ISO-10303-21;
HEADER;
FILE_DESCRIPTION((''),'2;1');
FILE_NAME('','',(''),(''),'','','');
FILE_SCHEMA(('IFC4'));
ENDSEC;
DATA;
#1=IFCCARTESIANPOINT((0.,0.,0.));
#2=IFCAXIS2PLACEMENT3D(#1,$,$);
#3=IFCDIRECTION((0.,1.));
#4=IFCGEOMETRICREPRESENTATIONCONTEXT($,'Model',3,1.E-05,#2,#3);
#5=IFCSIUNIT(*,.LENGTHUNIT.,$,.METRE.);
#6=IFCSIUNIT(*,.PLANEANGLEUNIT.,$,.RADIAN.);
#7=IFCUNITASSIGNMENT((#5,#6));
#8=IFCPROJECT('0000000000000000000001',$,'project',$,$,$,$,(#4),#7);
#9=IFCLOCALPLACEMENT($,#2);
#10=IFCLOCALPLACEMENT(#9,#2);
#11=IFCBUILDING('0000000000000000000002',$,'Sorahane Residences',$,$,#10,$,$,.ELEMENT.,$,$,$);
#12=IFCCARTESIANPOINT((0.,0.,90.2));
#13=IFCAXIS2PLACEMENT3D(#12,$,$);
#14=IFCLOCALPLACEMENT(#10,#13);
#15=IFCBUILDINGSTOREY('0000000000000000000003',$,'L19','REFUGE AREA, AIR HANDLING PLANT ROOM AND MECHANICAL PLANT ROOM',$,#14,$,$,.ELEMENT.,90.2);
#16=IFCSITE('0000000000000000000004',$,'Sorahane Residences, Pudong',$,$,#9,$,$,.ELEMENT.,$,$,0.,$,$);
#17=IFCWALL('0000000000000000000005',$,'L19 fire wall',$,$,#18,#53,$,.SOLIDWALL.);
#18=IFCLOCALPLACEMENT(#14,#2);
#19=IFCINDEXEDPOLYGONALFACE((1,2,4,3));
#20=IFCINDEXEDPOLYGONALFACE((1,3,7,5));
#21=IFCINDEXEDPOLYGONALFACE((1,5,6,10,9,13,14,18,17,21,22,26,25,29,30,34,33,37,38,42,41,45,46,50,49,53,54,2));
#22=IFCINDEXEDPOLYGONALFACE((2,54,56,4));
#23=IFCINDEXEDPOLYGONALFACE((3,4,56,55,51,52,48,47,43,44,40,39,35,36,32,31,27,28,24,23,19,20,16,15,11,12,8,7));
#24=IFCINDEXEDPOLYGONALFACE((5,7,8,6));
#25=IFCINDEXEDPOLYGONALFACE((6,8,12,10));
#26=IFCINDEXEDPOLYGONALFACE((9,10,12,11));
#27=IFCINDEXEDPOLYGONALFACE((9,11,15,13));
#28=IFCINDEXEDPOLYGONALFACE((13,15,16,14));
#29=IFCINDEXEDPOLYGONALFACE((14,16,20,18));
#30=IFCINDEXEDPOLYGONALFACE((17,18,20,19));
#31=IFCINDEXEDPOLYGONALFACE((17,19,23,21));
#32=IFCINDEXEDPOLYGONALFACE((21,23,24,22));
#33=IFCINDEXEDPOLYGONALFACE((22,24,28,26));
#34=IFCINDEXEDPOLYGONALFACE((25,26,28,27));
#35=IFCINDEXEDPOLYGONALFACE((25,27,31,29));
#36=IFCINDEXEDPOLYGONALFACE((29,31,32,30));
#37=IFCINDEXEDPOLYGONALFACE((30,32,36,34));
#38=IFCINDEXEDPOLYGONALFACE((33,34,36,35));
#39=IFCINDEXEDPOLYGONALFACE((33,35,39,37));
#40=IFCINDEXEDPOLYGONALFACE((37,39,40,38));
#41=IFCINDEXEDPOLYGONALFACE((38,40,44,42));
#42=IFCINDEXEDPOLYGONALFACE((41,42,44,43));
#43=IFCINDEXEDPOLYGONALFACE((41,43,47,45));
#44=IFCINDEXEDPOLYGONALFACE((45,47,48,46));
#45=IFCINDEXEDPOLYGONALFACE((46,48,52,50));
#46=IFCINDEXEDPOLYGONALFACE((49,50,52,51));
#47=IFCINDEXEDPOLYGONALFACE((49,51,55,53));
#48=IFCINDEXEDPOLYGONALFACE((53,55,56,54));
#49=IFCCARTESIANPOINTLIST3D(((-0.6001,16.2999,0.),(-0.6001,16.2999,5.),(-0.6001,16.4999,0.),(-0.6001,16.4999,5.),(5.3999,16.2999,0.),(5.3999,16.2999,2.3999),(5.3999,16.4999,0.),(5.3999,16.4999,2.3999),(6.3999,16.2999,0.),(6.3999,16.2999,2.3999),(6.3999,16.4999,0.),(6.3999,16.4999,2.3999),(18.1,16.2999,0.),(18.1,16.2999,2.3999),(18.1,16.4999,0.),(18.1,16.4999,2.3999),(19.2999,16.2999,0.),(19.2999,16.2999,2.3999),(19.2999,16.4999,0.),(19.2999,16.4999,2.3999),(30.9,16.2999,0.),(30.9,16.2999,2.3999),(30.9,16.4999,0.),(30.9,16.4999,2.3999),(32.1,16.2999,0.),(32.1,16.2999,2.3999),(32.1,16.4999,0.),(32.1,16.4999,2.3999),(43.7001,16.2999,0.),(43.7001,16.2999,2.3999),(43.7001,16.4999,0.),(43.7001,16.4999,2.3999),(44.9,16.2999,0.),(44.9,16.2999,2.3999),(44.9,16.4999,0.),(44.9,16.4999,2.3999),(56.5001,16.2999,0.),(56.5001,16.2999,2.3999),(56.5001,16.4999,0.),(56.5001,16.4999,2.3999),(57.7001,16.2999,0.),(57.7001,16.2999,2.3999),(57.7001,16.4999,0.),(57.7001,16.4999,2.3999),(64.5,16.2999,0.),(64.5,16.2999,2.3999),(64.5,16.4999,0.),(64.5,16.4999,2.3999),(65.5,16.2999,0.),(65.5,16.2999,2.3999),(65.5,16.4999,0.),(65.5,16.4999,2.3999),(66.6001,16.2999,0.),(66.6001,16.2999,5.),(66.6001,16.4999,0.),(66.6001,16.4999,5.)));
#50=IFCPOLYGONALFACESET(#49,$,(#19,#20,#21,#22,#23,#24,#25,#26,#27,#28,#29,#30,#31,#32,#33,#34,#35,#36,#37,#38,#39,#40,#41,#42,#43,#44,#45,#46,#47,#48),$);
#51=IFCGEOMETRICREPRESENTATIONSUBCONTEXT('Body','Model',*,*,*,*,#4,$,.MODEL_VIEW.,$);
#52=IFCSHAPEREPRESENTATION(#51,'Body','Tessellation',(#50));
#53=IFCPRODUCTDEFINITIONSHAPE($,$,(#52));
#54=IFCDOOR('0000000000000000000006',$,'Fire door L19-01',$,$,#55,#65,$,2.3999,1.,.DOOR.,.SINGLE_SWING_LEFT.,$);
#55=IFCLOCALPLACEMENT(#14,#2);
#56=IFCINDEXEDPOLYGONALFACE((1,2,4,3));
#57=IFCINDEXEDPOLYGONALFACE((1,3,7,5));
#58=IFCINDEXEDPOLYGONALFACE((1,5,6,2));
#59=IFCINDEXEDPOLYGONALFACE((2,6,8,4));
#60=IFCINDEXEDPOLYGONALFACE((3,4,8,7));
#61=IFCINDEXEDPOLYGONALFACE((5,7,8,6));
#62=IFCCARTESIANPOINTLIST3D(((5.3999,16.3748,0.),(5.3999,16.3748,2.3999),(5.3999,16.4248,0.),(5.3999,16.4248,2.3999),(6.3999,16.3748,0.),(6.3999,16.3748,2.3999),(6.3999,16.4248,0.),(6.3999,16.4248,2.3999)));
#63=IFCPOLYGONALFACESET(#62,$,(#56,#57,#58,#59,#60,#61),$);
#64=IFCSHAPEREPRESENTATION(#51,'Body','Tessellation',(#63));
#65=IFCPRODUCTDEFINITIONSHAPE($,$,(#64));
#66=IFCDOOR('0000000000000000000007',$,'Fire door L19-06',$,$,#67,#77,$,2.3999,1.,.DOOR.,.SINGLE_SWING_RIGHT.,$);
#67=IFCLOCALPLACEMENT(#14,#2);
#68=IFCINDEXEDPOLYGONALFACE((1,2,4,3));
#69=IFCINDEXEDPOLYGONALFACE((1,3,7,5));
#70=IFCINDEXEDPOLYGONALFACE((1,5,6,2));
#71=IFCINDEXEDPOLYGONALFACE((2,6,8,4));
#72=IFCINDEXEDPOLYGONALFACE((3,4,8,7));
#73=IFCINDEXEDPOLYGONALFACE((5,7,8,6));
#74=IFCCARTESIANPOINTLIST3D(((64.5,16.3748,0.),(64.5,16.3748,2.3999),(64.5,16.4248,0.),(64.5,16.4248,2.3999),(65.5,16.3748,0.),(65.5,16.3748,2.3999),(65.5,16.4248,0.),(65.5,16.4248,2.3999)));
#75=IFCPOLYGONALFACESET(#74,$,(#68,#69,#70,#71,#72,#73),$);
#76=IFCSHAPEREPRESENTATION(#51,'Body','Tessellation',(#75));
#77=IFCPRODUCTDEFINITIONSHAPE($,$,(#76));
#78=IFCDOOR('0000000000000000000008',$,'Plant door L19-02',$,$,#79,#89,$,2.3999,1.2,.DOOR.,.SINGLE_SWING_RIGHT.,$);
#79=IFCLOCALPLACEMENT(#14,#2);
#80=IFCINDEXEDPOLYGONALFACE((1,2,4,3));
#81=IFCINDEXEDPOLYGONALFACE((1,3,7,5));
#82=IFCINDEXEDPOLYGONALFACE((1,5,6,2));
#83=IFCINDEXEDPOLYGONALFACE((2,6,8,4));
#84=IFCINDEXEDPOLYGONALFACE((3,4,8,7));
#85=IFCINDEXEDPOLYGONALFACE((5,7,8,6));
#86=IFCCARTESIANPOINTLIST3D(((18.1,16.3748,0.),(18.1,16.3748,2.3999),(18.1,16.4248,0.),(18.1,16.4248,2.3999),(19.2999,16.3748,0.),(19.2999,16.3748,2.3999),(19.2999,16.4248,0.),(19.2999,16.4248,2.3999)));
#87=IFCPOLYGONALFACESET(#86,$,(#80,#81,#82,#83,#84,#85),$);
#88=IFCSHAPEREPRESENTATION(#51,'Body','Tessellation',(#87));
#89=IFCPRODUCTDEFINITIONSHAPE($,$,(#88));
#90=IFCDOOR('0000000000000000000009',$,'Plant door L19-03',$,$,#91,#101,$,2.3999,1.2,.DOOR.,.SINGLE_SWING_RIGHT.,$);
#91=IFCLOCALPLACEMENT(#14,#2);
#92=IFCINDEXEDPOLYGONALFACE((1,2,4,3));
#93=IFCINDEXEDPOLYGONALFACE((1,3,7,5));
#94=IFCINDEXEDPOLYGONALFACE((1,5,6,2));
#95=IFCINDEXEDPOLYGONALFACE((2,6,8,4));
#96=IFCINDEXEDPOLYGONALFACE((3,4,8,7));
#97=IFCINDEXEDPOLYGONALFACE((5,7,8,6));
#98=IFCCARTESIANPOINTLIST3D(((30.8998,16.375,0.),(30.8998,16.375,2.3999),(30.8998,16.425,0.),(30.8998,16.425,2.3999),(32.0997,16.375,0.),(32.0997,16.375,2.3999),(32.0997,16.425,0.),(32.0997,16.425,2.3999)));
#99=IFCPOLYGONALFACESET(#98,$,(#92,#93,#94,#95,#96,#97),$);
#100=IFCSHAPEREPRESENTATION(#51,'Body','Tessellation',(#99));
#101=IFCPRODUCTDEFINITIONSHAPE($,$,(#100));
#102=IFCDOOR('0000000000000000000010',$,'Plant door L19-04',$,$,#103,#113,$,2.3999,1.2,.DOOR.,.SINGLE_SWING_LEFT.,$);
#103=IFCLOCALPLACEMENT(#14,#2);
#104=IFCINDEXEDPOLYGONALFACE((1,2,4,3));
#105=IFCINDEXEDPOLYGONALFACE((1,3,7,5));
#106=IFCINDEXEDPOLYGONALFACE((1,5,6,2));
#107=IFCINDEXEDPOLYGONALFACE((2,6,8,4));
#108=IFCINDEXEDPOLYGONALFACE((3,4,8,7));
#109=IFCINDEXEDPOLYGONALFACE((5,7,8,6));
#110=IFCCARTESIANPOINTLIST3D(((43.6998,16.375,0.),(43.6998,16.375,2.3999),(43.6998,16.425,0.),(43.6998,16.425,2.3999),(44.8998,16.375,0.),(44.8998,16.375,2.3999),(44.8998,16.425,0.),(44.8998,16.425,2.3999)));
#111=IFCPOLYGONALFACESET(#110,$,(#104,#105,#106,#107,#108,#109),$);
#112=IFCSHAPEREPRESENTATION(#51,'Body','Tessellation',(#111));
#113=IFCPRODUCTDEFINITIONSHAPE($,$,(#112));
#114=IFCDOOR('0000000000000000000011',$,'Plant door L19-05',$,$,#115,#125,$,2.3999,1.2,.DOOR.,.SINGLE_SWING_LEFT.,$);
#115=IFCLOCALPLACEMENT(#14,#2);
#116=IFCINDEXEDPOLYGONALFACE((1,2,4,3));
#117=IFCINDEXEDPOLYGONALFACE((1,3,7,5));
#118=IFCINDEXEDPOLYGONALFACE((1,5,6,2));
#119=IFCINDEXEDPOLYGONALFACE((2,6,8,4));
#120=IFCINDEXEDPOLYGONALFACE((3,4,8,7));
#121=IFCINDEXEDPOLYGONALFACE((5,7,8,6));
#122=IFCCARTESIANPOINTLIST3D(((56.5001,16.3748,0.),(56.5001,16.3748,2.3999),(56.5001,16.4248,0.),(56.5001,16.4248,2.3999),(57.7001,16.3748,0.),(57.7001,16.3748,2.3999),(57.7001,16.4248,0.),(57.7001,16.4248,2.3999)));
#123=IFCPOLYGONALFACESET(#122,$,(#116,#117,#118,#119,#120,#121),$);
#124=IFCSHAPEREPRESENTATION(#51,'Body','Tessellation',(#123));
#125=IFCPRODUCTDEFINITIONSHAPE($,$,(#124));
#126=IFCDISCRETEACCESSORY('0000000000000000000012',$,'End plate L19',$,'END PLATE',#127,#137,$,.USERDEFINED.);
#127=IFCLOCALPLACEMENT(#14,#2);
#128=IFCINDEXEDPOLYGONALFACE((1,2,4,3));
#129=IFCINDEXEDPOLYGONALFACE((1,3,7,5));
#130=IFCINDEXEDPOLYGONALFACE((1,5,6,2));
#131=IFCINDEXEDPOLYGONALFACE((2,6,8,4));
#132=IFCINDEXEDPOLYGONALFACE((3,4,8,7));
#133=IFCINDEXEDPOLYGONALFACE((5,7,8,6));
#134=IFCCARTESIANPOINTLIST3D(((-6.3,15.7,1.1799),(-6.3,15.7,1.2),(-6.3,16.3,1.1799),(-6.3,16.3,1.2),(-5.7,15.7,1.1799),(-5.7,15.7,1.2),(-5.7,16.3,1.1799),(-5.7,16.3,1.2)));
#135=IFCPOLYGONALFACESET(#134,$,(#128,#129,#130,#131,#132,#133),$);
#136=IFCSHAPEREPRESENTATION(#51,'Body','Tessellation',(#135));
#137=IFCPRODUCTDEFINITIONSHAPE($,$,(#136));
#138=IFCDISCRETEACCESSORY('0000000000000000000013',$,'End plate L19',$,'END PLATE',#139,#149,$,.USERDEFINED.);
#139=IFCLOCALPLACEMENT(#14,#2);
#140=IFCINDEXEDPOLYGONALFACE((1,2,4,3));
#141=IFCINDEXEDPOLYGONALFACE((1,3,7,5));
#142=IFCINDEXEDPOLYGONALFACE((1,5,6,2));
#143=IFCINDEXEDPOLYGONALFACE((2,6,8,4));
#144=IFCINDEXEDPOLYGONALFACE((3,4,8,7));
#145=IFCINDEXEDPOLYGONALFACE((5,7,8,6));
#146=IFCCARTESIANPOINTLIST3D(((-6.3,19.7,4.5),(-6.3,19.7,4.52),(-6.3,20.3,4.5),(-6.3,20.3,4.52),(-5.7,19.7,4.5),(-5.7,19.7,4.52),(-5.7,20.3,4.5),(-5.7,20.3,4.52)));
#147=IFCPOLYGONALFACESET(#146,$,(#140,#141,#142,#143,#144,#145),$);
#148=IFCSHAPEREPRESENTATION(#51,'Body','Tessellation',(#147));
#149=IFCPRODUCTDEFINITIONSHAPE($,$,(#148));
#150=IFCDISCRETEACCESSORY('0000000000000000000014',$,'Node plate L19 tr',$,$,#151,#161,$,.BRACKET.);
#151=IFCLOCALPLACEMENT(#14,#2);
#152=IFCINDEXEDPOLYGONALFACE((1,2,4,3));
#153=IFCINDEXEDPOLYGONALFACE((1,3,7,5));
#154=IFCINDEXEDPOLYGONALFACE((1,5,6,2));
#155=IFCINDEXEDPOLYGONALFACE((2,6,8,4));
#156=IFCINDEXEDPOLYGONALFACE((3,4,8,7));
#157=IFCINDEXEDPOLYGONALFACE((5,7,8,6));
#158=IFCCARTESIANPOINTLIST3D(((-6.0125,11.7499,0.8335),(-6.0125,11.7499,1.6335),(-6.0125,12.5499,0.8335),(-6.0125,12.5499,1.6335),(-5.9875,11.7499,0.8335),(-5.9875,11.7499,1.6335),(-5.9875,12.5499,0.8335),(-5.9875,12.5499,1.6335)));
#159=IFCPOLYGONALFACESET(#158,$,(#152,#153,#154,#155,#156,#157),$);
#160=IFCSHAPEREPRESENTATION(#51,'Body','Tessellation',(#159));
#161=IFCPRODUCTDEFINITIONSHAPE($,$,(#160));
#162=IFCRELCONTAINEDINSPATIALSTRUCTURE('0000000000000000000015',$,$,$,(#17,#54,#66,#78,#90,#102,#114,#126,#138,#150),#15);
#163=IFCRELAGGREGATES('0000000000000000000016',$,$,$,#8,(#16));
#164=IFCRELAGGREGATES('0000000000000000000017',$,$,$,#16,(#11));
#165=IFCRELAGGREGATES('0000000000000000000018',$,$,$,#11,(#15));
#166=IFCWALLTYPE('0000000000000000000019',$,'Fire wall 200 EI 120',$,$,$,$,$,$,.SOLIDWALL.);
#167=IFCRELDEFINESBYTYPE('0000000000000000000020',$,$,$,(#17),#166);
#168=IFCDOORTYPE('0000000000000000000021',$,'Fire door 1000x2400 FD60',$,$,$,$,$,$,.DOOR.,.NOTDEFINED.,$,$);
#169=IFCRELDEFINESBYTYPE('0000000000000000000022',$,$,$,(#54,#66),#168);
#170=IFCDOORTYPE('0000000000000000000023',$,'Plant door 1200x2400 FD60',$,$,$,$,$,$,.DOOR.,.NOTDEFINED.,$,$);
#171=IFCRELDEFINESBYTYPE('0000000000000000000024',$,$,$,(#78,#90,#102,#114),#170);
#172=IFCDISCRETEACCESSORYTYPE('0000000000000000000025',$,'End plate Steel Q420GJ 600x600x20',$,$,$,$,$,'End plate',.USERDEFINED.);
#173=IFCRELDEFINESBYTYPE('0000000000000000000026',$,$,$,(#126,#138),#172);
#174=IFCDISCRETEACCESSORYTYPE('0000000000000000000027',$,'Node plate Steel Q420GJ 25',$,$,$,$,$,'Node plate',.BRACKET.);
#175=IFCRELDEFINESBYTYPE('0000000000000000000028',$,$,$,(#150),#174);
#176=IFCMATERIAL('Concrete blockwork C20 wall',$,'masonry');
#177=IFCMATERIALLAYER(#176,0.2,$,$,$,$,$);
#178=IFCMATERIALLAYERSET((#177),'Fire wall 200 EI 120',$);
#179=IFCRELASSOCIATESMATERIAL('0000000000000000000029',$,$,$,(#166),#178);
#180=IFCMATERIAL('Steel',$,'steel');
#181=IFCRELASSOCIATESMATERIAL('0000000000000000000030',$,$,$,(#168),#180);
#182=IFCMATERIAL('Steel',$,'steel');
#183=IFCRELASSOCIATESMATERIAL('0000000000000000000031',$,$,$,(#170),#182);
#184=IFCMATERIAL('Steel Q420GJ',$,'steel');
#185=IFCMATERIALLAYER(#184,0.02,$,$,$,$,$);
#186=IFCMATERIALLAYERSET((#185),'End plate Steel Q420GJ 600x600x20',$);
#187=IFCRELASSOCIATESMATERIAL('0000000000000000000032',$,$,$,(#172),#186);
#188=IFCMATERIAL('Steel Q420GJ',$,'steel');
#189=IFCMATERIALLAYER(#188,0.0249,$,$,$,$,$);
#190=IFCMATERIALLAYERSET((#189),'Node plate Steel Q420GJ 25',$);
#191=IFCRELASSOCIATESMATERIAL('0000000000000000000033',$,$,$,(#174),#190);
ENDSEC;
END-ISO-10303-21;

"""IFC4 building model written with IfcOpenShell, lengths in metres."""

from ifc_helpers import new_model, si_unit, direction, frame, frame_2d, origin, origin_2d, place, context, subcontext, project, spatial, rectangle, extrude, material, layer, layer_set, type_object, element, fill, save


model = new_model("IFC4")

# Units and contexts
model_context = context("Model", 3, precision=1e-05, world=origin(), true_north=direction((0.0, 1.0)))
body_context = subcontext(model_context, "Body", "Model", "MODEL_VIEW")
ifc_project = project(units=[si_unit("LENGTHUNIT", "METRE"), si_unit("PLANEANGLEUNIT", "RADIAN")], contexts=[model_context])

# Site, building, storey
site_placement = place(None, origin())
site = spatial("IfcSite", under=ifc_project, at=site_placement, Name="Sorahane Residences, Pudong", CompositionType="ELEMENT", RefElevation=0.0)
building_placement = place(site_placement, origin())
building = spatial("IfcBuilding", under=site, at=building_placement, Name="Sorahane Residences", CompositionType="ELEMENT")
storey_placement = place(building_placement, frame((0.0, 0.0, 90.2)))
storey = spatial("IfcBuildingStorey", under=building, at=storey_placement, Name="L19", Description="REFUGE AREA, AIR HANDLING PLANT ROOM AND MECHANICAL PLANT ROOM", CompositionType="ELEMENT", Elevation=90.2)

# Wall, openings, doors
ifc_material_1 = material(Name="Concrete blockwork C20 wall", Category="masonry")
ifc_layer_1 = layer(ifc_material_1, 0.2)
ifc_layer_set_1 = layer_set([ifc_layer_1], Name="Fire wall 200 EI 120")
wall_type = type_object("IfcWallType", Name="Fire wall 200 EI 120", PredefinedType="SOLIDWALL", material=ifc_layer_set_1)
wall_placement = place(storey_placement, frame((-0.6001, 16.3999, 0.0), z_axis=(0.0, 0.0, 1.0), x_axis=(1.0, 0.0, 0.0)))
wall = element("IfcWall", 1, at=wall_placement, inside=storey, type_object=wall_type, Name="L19 fire wall", PredefinedType="SOLIDWALL", context=body_context, shape_type="SweptSolid", body=[
    extrude(rectangle(XDim=67.2002, YDim=0.2, at=frame_2d((33.6001, 0.0))), origin(), (0.0, 0.0, 1.0), 5.0),
])
opening_1_placement = place(wall_placement, frame((6.0, 0.0, 0.0)))
opening_1 = element("IfcOpeningElement", 2, at=opening_1_placement, cuts=wall, PredefinedType="OPENING", context=body_context, shape_type="SweptSolid", body=[
    extrude(rectangle(XDim=1.0, YDim=2.3999, at=frame_2d((0.5, 1.2))), frame((0.0, 0.1099, 0.0), z_axis=(0.0, -1.0, 0.0), x_axis=(1.0, 0.0, 0.0)), (0.0, 0.0, 1.0), 0.22),
])
opening_2_placement = place(wall_placement, frame((18.7, 0.0, 0.0)))
opening_2 = element("IfcOpeningElement", 3, at=opening_2_placement, cuts=wall, PredefinedType="OPENING", context=body_context, shape_type="SweptSolid", body=[
    extrude(rectangle(XDim=1.2, YDim=2.3999, at=frame_2d((0.6001, 1.2))), frame((0.0, 0.1099, 0.0), z_axis=(0.0, -1.0, 0.0), x_axis=(1.0, 0.0, 0.0)), (0.0, 0.0, 1.0), 0.22),
])
opening_3_placement = place(wall_placement, frame((31.5, 0.0, 0.0)))
opening_3 = element("IfcOpeningElement", 4, at=opening_3_placement, cuts=wall, PredefinedType="OPENING", context=body_context, shape_type="SweptSolid", body=[
    extrude(rectangle(XDim=1.2, YDim=2.3999, at=frame_2d((0.6001, 1.2))), frame((0.0, 0.1099, 0.0), z_axis=(0.0, -1.0, 0.0), x_axis=(1.0, 0.0, 0.0)), (0.0, 0.0, 1.0), 0.22),
])
opening_4_placement = place(wall_placement, frame((44.3, 0.0, 0.0)))
opening_4 = element("IfcOpeningElement", 5, at=opening_4_placement, cuts=wall, PredefinedType="OPENING", context=body_context, shape_type="SweptSolid", body=[
    extrude(rectangle(XDim=1.2, YDim=2.3999, at=frame_2d((0.6001, 1.2))), frame((0.0, 0.1099, 0.0), z_axis=(0.0, -1.0, 0.0), x_axis=(1.0, 0.0, 0.0)), (0.0, 0.0, 1.0), 0.22),
])
opening_5_placement = place(wall_placement, frame((57.1001, 0.0, 0.0)))
opening_5 = element("IfcOpeningElement", 6, at=opening_5_placement, cuts=wall, PredefinedType="OPENING", context=body_context, shape_type="SweptSolid", body=[
    extrude(rectangle(XDim=1.2, YDim=2.3999, at=frame_2d((0.6001, 1.2))), frame((0.0, 0.1099, 0.0), z_axis=(0.0, -1.0, 0.0), x_axis=(1.0, 0.0, 0.0)), (0.0, 0.0, 1.0), 0.22),
])
opening_6_placement = place(wall_placement, frame((65.1001, 0.0, 0.0)))
opening_6 = element("IfcOpeningElement", 7, at=opening_6_placement, cuts=wall, PredefinedType="OPENING", context=body_context, shape_type="SweptSolid", body=[
    extrude(rectangle(XDim=1.0, YDim=2.3999, at=frame_2d((0.5, 1.2))), frame((0.0, 0.1099, 0.0), z_axis=(0.0, -1.0, 0.0), x_axis=(1.0, 0.0, 0.0)), (0.0, 0.0, 1.0), 0.22),
])
ifc_material_2 = material(Name="Steel", Category="steel")
door_type_1 = type_object("IfcDoorType", Name="Fire door 1000x2400 FD60", OperationType="NOTDEFINED", PredefinedType="DOOR", material=ifc_material_2)
door_1_placement = place(opening_1_placement, origin())
door_1 = element("IfcDoor", 8, at=door_1_placement, inside=storey, type_object=door_type_1, Name="Fire door L19-01", OperationType="SINGLE_SWING_LEFT", OverallHeight=2.3999, OverallWidth=1.0, PredefinedType="DOOR", context=body_context, shape_type="SweptSolid", body=[
    extrude(rectangle(XDim=1.0, YDim=2.3999, at=frame_2d((0.5, 1.2))), frame((0.0, 0.0249, 0.0), z_axis=(0.0, -1.0, 0.0), x_axis=(1.0, 0.0, 0.0)), (0.0, 0.0, 1.0), 0.05),
])
fill(opening_1, door_1)
door_2_placement = place(opening_6_placement, origin())
door_2 = element("IfcDoor", 9, at=door_2_placement, inside=storey, type_object=door_type_1, Name="Fire door L19-06", OperationType="SINGLE_SWING_RIGHT", OverallHeight=2.3999, OverallWidth=1.0, PredefinedType="DOOR", context=body_context, shape_type="SweptSolid", body=[
    extrude(rectangle(XDim=1.0, YDim=2.3999, at=frame_2d((0.5, 1.2))), frame((0.0, 0.0249, 0.0), z_axis=(0.0, -1.0, 0.0), x_axis=(1.0, 0.0, 0.0)), (0.0, 0.0, 1.0), 0.05),
])
fill(opening_6, door_2)
ifc_material_3 = material(Name="Steel", Category="steel")
door_type_2 = type_object("IfcDoorType", Name="Plant door 1200x2400 FD60", OperationType="NOTDEFINED", PredefinedType="DOOR", material=ifc_material_3)
door_3_placement = place(opening_2_placement, origin())
door_3 = element("IfcDoor", 10, at=door_3_placement, inside=storey, type_object=door_type_2, Name="Plant door L19-02", OperationType="SINGLE_SWING_RIGHT", OverallHeight=2.3999, OverallWidth=1.2, PredefinedType="DOOR", context=body_context, shape_type="SweptSolid", body=[
    extrude(rectangle(XDim=1.2, YDim=2.3999, at=frame_2d((0.6001, 1.2))), frame((0.0, 0.0249, 0.0), z_axis=(0.0, -1.0, 0.0), x_axis=(1.0, 0.0, 0.0)), (0.0, 0.0, 1.0), 0.05),
])
fill(opening_2, door_3)
door_4_placement = place(opening_3_placement, frame((1.2, 0.0, 0.0), z_axis=(0.0, 0.0, 1.0), x_axis=(-1.0, 0.0, 0.0)))
door_4 = element("IfcDoor", 11, at=door_4_placement, inside=storey, type_object=door_type_2, Name="Plant door L19-03", OperationType="SINGLE_SWING_RIGHT", OverallHeight=2.3999, OverallWidth=1.2, PredefinedType="DOOR", context=body_context, shape_type="SweptSolid", body=[
    extrude(rectangle(XDim=1.2, YDim=2.3999, at=frame_2d((0.6001, 1.2))), frame((0.0, 0.0249, 0.0), z_axis=(0.0, -1.0, 0.0), x_axis=(1.0, 0.0, 0.0)), (0.0, 0.0, 1.0), 0.05),
])
fill(opening_3, door_4)
door_5_placement = place(opening_4_placement, frame((1.2, 0.0, 0.0), z_axis=(0.0, 0.0, 1.0), x_axis=(-1.0, 0.0, 0.0)))
door_5 = element("IfcDoor", 12, at=door_5_placement, inside=storey, type_object=door_type_2, Name="Plant door L19-04", OperationType="SINGLE_SWING_LEFT", OverallHeight=2.3999, OverallWidth=1.2, PredefinedType="DOOR", context=body_context, shape_type="SweptSolid", body=[
    extrude(rectangle(XDim=1.2, YDim=2.3999, at=frame_2d((0.6001, 1.2))), frame((0.0, 0.0249, 0.0), z_axis=(0.0, -1.0, 0.0), x_axis=(1.0, 0.0, 0.0)), (0.0, 0.0, 1.0), 0.05),
])
fill(opening_4, door_5)
door_6_placement = place(opening_5_placement, origin())
door_6 = element("IfcDoor", 13, at=door_6_placement, inside=storey, type_object=door_type_2, Name="Plant door L19-05", OperationType="SINGLE_SWING_LEFT", OverallHeight=2.3999, OverallWidth=1.2, PredefinedType="DOOR", context=body_context, shape_type="SweptSolid", body=[
    extrude(rectangle(XDim=1.2, YDim=2.3999, at=frame_2d((0.6001, 1.2))), frame((0.0, 0.0249, 0.0), z_axis=(0.0, -1.0, 0.0), x_axis=(1.0, 0.0, 0.0)), (0.0, 0.0, 1.0), 0.05),
])
fill(opening_5, door_6)

# Discrete accessories
ifc_material_4 = material(Name="Steel Q420GJ", Category="steel")
ifc_layer_2 = layer(ifc_material_4, 0.02)
ifc_layer_set_2 = layer_set([ifc_layer_2], Name="End plate Steel Q420GJ 600x600x20")
discrete_accessory_type_1 = type_object("IfcDiscreteAccessoryType", Name="End plate Steel Q420GJ 600x600x20", ElementType="End plate", PredefinedType="USERDEFINED", material=ifc_layer_set_2)
for number, where, z_axis, x_axis, name in (
    (14, (-6.0, 16.0, 1.1799), (0.0, 0.0, 1.0), (1.0, 0.0, 0.0), "End plate L19"),
    (15, (-6.0, 20.0, 4.5), (0.0, 0.0, 1.0), (1.0, 0.0, 0.0), "End plate L19"),
):
    element("IfcDiscreteAccessory", number, at=place(storey_placement, frame(where, z_axis=z_axis, x_axis=x_axis)), inside=storey, type_object=discrete_accessory_type_1, Name=name, ObjectType="END PLATE", PredefinedType="USERDEFINED", context=body_context, shape_type="SweptSolid", body=[
        extrude(rectangle(XDim=0.6001, YDim=0.6001, at=origin_2d()), origin(), (0.0, 0.0, 1.0), 0.02),
    ])
ifc_material_5 = material(Name="Steel Q420GJ", Category="steel")
ifc_layer_3 = layer(ifc_material_5, 0.0249)
ifc_layer_set_3 = layer_set([ifc_layer_3], Name="Node plate Steel Q420GJ 25")
discrete_accessory_type_2 = type_object("IfcDiscreteAccessoryType", Name="Node plate Steel Q420GJ 25", ElementType="Node plate", PredefinedType="BRACKET", material=ifc_layer_set_3)
discrete_accessory_placement = place(storey_placement, frame((-6.0, 12.1499, 0.8335), z_axis=(0.0, 0.0, 1.0), x_axis=(0.0, 1.0, 0.0)))
element("IfcDiscreteAccessory", 16, at=discrete_accessory_placement, inside=storey, type_object=discrete_accessory_type_2, Name="Node plate L19 tr", PredefinedType="BRACKET", context=body_context, shape_type="SweptSolid", body=[
    extrude(rectangle(XDim=0.8, YDim=0.0249, at=origin_2d()), origin(), (0.0, 0.0, 1.0), 0.8),
])

save(model, "model.ifc")
